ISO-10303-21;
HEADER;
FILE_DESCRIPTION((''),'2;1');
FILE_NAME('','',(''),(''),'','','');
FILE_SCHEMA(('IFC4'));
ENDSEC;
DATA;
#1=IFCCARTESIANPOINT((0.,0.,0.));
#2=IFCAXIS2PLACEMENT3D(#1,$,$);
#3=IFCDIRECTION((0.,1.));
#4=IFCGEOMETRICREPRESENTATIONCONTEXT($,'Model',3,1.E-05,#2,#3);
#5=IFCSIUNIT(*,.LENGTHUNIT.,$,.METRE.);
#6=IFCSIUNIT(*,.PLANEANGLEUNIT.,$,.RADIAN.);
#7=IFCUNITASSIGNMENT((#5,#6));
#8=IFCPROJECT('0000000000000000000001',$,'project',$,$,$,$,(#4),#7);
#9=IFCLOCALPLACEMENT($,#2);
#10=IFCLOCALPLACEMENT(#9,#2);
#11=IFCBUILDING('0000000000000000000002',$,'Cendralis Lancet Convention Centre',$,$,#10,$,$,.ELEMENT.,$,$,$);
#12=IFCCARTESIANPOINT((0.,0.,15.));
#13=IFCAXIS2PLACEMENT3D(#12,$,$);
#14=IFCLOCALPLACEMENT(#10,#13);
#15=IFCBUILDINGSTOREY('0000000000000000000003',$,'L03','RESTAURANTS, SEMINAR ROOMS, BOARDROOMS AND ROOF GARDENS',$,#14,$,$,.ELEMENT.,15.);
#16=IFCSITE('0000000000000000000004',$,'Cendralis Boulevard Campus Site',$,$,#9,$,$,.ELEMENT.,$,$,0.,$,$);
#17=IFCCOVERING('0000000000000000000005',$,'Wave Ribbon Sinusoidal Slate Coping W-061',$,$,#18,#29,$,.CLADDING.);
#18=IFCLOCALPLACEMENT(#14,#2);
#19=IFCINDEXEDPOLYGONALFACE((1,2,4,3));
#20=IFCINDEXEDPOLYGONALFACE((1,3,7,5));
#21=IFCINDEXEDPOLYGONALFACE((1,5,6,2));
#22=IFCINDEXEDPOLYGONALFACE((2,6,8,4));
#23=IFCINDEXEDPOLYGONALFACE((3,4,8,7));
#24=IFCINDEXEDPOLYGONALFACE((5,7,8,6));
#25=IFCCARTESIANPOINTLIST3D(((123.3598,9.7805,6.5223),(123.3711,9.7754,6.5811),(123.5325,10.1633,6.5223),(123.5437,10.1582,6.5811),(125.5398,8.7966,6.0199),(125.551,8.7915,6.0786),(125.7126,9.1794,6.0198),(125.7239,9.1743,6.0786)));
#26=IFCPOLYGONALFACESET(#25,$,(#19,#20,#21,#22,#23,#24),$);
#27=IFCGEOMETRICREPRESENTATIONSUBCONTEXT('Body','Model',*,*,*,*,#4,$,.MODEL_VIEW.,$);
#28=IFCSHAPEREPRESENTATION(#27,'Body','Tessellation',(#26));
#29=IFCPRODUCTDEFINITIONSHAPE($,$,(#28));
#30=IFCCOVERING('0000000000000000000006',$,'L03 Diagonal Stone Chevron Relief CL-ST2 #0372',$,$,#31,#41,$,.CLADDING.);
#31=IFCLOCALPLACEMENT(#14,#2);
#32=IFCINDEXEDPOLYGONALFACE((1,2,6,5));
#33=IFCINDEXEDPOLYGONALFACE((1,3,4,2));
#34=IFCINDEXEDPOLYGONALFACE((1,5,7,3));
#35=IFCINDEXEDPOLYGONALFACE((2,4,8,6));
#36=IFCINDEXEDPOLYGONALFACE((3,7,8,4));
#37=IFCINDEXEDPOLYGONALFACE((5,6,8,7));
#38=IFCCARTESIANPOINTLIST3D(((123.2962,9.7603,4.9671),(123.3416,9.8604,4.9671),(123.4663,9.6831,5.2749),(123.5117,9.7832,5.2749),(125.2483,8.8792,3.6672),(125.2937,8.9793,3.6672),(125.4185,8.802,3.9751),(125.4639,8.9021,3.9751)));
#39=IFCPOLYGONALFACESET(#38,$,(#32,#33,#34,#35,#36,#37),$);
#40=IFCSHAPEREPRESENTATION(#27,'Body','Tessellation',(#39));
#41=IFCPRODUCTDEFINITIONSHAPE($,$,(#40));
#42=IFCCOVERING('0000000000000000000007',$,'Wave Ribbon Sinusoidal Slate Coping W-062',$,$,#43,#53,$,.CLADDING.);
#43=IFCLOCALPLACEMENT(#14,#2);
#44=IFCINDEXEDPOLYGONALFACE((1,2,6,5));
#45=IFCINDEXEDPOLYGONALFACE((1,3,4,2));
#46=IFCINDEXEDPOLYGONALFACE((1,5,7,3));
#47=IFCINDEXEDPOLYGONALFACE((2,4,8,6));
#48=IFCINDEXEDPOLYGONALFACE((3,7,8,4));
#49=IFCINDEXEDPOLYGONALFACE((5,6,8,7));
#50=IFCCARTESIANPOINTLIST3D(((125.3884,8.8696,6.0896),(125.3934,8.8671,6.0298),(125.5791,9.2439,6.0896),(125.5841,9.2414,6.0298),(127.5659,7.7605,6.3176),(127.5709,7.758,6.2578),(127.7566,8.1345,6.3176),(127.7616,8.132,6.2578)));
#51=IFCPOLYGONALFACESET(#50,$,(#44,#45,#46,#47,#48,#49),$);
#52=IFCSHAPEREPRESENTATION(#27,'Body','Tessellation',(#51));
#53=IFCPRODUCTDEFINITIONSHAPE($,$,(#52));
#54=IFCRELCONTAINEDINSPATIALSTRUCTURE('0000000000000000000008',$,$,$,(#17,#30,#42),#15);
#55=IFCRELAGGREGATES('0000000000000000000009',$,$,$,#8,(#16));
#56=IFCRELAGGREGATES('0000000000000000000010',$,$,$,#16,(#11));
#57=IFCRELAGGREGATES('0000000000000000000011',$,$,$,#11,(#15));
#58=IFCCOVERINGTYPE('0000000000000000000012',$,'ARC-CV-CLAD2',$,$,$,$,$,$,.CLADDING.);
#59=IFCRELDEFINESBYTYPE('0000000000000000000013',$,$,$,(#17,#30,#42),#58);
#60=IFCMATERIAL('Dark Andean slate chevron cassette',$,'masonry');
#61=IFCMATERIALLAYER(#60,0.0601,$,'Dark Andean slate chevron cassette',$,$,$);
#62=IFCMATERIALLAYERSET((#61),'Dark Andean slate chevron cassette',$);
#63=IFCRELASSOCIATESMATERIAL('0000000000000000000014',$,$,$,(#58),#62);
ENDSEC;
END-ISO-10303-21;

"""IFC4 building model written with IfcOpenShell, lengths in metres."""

from ifc_helpers import new_model, si_unit, direction, frame, origin, place, context, subcontext, project, spatial, polyline, outline, extrude, material, layer, layer_set, type_object, element, save


model = new_model("IFC4")

# Units and contexts
model_context = context("Model", 3, precision=1e-05, world=origin(), true_north=direction((0.0, 1.0)))
body_context = subcontext(model_context, "Body", "Model", "MODEL_VIEW")
ifc_project = project(units=[si_unit("LENGTHUNIT", "METRE"), si_unit("PLANEANGLEUNIT", "RADIAN")], contexts=[model_context])

# Site, building, storey
site_placement = place(None, origin())
site = spatial("IfcSite", under=ifc_project, at=site_placement, Name="Cendralis Boulevard Campus Site", CompositionType="ELEMENT", RefElevation=0.0)
building_placement = place(site_placement, origin())
building = spatial("IfcBuilding", under=site, at=building_placement, Name="Cendralis Lancet Convention Centre", CompositionType="ELEMENT")
storey_placement = place(building_placement, frame((0.0, 0.0, 15.0)))
storey = spatial("IfcBuildingStorey", under=building, at=storey_placement, Name="L03", Description="RESTAURANTS, SEMINAR ROOMS, BOARDROOMS AND ROOF GARDENS", CompositionType="ELEMENT", Elevation=15.0)

# Coverings
ifc_material_1 = material(Name="Dark Andean slate chevron cassette", Category="masonry")
ifc_layer_1 = layer(ifc_material_1, 0.0601, Name="Dark Andean slate chevron cassette")
ifc_layer_set_1 = layer_set([ifc_layer_1], Name="Dark Andean slate chevron cassette")
covering_type_1 = type_object("IfcCoveringType", Name="ARC-CV-CLAD2", PredefinedType="CLADDING", material=ifc_layer_set_1)
covering_1_placement = place(storey_placement, frame((123.3711, 9.7754, 6.5811), z_axis=(0.18739, -0.084552, 0.97864), x_axis=(0.891995, -0.402592, -0.205582)))
element("IfcCovering", 1, at=covering_1_placement, inside=storey, type_object=covering_type_1, Name="Wave Ribbon Sinusoidal Slate Coping W-061", PredefinedType="CLADDING", context=body_context, shape_type="SweptSolid", body=[
    extrude(outline(polyline([(0.0, 0.0), (2.4439, 0.0), (2.444, 0.42), (-0.0002, 0.4199), (0.0, 0.0)])), origin(), (0.0, 0.0, -1.0), 0.0601),
])
covering_2_placement = place(storey_placement, frame((123.4663, 9.6831, 5.2749), z_axis=(0.472469, -0.21434, 0.854887), x_axis=(0.779196, -0.35169, -0.518814)))
element("IfcCovering", 2, at=covering_2_placement, inside=storey, type_object=covering_type_1, Name="L03 Diagonal Stone Chevron Relief CL-ST2 #0372", PredefinedType="CLADDING", context=body_context, shape_type="SweptSolid", body=[
    extrude(outline(polyline([(0.0, 0.0), (2.5053, 0.0), (2.5055, 0.1099), (0.0002, 0.1099), (0.0, 0.0)])), origin(), (0.0, 0.0, -1.0), 0.3601),
])
covering_3_placement = place(storey_placement, frame((125.3884, 8.8696, 6.0896), z_axis=(-0.082777, 0.042185, 0.995675), x_axis=(0.887211, -0.451912, 0.092907)))
element("IfcCovering", 3, at=covering_3_placement, inside=storey, type_object=covering_type_1, Name="Wave Ribbon Sinusoidal Slate Coping W-062", PredefinedType="CLADDING", context=body_context, shape_type="SweptSolid", body=[
    extrude(outline(polyline([(0.0, 0.0), (2.4543, 0.0), (2.4545, 0.4198), (0.0, 0.42), (0.0, 0.0)])), origin(), (0.0, 0.0, -1.0), 0.0601),
])

save(model, "model.ifc")
